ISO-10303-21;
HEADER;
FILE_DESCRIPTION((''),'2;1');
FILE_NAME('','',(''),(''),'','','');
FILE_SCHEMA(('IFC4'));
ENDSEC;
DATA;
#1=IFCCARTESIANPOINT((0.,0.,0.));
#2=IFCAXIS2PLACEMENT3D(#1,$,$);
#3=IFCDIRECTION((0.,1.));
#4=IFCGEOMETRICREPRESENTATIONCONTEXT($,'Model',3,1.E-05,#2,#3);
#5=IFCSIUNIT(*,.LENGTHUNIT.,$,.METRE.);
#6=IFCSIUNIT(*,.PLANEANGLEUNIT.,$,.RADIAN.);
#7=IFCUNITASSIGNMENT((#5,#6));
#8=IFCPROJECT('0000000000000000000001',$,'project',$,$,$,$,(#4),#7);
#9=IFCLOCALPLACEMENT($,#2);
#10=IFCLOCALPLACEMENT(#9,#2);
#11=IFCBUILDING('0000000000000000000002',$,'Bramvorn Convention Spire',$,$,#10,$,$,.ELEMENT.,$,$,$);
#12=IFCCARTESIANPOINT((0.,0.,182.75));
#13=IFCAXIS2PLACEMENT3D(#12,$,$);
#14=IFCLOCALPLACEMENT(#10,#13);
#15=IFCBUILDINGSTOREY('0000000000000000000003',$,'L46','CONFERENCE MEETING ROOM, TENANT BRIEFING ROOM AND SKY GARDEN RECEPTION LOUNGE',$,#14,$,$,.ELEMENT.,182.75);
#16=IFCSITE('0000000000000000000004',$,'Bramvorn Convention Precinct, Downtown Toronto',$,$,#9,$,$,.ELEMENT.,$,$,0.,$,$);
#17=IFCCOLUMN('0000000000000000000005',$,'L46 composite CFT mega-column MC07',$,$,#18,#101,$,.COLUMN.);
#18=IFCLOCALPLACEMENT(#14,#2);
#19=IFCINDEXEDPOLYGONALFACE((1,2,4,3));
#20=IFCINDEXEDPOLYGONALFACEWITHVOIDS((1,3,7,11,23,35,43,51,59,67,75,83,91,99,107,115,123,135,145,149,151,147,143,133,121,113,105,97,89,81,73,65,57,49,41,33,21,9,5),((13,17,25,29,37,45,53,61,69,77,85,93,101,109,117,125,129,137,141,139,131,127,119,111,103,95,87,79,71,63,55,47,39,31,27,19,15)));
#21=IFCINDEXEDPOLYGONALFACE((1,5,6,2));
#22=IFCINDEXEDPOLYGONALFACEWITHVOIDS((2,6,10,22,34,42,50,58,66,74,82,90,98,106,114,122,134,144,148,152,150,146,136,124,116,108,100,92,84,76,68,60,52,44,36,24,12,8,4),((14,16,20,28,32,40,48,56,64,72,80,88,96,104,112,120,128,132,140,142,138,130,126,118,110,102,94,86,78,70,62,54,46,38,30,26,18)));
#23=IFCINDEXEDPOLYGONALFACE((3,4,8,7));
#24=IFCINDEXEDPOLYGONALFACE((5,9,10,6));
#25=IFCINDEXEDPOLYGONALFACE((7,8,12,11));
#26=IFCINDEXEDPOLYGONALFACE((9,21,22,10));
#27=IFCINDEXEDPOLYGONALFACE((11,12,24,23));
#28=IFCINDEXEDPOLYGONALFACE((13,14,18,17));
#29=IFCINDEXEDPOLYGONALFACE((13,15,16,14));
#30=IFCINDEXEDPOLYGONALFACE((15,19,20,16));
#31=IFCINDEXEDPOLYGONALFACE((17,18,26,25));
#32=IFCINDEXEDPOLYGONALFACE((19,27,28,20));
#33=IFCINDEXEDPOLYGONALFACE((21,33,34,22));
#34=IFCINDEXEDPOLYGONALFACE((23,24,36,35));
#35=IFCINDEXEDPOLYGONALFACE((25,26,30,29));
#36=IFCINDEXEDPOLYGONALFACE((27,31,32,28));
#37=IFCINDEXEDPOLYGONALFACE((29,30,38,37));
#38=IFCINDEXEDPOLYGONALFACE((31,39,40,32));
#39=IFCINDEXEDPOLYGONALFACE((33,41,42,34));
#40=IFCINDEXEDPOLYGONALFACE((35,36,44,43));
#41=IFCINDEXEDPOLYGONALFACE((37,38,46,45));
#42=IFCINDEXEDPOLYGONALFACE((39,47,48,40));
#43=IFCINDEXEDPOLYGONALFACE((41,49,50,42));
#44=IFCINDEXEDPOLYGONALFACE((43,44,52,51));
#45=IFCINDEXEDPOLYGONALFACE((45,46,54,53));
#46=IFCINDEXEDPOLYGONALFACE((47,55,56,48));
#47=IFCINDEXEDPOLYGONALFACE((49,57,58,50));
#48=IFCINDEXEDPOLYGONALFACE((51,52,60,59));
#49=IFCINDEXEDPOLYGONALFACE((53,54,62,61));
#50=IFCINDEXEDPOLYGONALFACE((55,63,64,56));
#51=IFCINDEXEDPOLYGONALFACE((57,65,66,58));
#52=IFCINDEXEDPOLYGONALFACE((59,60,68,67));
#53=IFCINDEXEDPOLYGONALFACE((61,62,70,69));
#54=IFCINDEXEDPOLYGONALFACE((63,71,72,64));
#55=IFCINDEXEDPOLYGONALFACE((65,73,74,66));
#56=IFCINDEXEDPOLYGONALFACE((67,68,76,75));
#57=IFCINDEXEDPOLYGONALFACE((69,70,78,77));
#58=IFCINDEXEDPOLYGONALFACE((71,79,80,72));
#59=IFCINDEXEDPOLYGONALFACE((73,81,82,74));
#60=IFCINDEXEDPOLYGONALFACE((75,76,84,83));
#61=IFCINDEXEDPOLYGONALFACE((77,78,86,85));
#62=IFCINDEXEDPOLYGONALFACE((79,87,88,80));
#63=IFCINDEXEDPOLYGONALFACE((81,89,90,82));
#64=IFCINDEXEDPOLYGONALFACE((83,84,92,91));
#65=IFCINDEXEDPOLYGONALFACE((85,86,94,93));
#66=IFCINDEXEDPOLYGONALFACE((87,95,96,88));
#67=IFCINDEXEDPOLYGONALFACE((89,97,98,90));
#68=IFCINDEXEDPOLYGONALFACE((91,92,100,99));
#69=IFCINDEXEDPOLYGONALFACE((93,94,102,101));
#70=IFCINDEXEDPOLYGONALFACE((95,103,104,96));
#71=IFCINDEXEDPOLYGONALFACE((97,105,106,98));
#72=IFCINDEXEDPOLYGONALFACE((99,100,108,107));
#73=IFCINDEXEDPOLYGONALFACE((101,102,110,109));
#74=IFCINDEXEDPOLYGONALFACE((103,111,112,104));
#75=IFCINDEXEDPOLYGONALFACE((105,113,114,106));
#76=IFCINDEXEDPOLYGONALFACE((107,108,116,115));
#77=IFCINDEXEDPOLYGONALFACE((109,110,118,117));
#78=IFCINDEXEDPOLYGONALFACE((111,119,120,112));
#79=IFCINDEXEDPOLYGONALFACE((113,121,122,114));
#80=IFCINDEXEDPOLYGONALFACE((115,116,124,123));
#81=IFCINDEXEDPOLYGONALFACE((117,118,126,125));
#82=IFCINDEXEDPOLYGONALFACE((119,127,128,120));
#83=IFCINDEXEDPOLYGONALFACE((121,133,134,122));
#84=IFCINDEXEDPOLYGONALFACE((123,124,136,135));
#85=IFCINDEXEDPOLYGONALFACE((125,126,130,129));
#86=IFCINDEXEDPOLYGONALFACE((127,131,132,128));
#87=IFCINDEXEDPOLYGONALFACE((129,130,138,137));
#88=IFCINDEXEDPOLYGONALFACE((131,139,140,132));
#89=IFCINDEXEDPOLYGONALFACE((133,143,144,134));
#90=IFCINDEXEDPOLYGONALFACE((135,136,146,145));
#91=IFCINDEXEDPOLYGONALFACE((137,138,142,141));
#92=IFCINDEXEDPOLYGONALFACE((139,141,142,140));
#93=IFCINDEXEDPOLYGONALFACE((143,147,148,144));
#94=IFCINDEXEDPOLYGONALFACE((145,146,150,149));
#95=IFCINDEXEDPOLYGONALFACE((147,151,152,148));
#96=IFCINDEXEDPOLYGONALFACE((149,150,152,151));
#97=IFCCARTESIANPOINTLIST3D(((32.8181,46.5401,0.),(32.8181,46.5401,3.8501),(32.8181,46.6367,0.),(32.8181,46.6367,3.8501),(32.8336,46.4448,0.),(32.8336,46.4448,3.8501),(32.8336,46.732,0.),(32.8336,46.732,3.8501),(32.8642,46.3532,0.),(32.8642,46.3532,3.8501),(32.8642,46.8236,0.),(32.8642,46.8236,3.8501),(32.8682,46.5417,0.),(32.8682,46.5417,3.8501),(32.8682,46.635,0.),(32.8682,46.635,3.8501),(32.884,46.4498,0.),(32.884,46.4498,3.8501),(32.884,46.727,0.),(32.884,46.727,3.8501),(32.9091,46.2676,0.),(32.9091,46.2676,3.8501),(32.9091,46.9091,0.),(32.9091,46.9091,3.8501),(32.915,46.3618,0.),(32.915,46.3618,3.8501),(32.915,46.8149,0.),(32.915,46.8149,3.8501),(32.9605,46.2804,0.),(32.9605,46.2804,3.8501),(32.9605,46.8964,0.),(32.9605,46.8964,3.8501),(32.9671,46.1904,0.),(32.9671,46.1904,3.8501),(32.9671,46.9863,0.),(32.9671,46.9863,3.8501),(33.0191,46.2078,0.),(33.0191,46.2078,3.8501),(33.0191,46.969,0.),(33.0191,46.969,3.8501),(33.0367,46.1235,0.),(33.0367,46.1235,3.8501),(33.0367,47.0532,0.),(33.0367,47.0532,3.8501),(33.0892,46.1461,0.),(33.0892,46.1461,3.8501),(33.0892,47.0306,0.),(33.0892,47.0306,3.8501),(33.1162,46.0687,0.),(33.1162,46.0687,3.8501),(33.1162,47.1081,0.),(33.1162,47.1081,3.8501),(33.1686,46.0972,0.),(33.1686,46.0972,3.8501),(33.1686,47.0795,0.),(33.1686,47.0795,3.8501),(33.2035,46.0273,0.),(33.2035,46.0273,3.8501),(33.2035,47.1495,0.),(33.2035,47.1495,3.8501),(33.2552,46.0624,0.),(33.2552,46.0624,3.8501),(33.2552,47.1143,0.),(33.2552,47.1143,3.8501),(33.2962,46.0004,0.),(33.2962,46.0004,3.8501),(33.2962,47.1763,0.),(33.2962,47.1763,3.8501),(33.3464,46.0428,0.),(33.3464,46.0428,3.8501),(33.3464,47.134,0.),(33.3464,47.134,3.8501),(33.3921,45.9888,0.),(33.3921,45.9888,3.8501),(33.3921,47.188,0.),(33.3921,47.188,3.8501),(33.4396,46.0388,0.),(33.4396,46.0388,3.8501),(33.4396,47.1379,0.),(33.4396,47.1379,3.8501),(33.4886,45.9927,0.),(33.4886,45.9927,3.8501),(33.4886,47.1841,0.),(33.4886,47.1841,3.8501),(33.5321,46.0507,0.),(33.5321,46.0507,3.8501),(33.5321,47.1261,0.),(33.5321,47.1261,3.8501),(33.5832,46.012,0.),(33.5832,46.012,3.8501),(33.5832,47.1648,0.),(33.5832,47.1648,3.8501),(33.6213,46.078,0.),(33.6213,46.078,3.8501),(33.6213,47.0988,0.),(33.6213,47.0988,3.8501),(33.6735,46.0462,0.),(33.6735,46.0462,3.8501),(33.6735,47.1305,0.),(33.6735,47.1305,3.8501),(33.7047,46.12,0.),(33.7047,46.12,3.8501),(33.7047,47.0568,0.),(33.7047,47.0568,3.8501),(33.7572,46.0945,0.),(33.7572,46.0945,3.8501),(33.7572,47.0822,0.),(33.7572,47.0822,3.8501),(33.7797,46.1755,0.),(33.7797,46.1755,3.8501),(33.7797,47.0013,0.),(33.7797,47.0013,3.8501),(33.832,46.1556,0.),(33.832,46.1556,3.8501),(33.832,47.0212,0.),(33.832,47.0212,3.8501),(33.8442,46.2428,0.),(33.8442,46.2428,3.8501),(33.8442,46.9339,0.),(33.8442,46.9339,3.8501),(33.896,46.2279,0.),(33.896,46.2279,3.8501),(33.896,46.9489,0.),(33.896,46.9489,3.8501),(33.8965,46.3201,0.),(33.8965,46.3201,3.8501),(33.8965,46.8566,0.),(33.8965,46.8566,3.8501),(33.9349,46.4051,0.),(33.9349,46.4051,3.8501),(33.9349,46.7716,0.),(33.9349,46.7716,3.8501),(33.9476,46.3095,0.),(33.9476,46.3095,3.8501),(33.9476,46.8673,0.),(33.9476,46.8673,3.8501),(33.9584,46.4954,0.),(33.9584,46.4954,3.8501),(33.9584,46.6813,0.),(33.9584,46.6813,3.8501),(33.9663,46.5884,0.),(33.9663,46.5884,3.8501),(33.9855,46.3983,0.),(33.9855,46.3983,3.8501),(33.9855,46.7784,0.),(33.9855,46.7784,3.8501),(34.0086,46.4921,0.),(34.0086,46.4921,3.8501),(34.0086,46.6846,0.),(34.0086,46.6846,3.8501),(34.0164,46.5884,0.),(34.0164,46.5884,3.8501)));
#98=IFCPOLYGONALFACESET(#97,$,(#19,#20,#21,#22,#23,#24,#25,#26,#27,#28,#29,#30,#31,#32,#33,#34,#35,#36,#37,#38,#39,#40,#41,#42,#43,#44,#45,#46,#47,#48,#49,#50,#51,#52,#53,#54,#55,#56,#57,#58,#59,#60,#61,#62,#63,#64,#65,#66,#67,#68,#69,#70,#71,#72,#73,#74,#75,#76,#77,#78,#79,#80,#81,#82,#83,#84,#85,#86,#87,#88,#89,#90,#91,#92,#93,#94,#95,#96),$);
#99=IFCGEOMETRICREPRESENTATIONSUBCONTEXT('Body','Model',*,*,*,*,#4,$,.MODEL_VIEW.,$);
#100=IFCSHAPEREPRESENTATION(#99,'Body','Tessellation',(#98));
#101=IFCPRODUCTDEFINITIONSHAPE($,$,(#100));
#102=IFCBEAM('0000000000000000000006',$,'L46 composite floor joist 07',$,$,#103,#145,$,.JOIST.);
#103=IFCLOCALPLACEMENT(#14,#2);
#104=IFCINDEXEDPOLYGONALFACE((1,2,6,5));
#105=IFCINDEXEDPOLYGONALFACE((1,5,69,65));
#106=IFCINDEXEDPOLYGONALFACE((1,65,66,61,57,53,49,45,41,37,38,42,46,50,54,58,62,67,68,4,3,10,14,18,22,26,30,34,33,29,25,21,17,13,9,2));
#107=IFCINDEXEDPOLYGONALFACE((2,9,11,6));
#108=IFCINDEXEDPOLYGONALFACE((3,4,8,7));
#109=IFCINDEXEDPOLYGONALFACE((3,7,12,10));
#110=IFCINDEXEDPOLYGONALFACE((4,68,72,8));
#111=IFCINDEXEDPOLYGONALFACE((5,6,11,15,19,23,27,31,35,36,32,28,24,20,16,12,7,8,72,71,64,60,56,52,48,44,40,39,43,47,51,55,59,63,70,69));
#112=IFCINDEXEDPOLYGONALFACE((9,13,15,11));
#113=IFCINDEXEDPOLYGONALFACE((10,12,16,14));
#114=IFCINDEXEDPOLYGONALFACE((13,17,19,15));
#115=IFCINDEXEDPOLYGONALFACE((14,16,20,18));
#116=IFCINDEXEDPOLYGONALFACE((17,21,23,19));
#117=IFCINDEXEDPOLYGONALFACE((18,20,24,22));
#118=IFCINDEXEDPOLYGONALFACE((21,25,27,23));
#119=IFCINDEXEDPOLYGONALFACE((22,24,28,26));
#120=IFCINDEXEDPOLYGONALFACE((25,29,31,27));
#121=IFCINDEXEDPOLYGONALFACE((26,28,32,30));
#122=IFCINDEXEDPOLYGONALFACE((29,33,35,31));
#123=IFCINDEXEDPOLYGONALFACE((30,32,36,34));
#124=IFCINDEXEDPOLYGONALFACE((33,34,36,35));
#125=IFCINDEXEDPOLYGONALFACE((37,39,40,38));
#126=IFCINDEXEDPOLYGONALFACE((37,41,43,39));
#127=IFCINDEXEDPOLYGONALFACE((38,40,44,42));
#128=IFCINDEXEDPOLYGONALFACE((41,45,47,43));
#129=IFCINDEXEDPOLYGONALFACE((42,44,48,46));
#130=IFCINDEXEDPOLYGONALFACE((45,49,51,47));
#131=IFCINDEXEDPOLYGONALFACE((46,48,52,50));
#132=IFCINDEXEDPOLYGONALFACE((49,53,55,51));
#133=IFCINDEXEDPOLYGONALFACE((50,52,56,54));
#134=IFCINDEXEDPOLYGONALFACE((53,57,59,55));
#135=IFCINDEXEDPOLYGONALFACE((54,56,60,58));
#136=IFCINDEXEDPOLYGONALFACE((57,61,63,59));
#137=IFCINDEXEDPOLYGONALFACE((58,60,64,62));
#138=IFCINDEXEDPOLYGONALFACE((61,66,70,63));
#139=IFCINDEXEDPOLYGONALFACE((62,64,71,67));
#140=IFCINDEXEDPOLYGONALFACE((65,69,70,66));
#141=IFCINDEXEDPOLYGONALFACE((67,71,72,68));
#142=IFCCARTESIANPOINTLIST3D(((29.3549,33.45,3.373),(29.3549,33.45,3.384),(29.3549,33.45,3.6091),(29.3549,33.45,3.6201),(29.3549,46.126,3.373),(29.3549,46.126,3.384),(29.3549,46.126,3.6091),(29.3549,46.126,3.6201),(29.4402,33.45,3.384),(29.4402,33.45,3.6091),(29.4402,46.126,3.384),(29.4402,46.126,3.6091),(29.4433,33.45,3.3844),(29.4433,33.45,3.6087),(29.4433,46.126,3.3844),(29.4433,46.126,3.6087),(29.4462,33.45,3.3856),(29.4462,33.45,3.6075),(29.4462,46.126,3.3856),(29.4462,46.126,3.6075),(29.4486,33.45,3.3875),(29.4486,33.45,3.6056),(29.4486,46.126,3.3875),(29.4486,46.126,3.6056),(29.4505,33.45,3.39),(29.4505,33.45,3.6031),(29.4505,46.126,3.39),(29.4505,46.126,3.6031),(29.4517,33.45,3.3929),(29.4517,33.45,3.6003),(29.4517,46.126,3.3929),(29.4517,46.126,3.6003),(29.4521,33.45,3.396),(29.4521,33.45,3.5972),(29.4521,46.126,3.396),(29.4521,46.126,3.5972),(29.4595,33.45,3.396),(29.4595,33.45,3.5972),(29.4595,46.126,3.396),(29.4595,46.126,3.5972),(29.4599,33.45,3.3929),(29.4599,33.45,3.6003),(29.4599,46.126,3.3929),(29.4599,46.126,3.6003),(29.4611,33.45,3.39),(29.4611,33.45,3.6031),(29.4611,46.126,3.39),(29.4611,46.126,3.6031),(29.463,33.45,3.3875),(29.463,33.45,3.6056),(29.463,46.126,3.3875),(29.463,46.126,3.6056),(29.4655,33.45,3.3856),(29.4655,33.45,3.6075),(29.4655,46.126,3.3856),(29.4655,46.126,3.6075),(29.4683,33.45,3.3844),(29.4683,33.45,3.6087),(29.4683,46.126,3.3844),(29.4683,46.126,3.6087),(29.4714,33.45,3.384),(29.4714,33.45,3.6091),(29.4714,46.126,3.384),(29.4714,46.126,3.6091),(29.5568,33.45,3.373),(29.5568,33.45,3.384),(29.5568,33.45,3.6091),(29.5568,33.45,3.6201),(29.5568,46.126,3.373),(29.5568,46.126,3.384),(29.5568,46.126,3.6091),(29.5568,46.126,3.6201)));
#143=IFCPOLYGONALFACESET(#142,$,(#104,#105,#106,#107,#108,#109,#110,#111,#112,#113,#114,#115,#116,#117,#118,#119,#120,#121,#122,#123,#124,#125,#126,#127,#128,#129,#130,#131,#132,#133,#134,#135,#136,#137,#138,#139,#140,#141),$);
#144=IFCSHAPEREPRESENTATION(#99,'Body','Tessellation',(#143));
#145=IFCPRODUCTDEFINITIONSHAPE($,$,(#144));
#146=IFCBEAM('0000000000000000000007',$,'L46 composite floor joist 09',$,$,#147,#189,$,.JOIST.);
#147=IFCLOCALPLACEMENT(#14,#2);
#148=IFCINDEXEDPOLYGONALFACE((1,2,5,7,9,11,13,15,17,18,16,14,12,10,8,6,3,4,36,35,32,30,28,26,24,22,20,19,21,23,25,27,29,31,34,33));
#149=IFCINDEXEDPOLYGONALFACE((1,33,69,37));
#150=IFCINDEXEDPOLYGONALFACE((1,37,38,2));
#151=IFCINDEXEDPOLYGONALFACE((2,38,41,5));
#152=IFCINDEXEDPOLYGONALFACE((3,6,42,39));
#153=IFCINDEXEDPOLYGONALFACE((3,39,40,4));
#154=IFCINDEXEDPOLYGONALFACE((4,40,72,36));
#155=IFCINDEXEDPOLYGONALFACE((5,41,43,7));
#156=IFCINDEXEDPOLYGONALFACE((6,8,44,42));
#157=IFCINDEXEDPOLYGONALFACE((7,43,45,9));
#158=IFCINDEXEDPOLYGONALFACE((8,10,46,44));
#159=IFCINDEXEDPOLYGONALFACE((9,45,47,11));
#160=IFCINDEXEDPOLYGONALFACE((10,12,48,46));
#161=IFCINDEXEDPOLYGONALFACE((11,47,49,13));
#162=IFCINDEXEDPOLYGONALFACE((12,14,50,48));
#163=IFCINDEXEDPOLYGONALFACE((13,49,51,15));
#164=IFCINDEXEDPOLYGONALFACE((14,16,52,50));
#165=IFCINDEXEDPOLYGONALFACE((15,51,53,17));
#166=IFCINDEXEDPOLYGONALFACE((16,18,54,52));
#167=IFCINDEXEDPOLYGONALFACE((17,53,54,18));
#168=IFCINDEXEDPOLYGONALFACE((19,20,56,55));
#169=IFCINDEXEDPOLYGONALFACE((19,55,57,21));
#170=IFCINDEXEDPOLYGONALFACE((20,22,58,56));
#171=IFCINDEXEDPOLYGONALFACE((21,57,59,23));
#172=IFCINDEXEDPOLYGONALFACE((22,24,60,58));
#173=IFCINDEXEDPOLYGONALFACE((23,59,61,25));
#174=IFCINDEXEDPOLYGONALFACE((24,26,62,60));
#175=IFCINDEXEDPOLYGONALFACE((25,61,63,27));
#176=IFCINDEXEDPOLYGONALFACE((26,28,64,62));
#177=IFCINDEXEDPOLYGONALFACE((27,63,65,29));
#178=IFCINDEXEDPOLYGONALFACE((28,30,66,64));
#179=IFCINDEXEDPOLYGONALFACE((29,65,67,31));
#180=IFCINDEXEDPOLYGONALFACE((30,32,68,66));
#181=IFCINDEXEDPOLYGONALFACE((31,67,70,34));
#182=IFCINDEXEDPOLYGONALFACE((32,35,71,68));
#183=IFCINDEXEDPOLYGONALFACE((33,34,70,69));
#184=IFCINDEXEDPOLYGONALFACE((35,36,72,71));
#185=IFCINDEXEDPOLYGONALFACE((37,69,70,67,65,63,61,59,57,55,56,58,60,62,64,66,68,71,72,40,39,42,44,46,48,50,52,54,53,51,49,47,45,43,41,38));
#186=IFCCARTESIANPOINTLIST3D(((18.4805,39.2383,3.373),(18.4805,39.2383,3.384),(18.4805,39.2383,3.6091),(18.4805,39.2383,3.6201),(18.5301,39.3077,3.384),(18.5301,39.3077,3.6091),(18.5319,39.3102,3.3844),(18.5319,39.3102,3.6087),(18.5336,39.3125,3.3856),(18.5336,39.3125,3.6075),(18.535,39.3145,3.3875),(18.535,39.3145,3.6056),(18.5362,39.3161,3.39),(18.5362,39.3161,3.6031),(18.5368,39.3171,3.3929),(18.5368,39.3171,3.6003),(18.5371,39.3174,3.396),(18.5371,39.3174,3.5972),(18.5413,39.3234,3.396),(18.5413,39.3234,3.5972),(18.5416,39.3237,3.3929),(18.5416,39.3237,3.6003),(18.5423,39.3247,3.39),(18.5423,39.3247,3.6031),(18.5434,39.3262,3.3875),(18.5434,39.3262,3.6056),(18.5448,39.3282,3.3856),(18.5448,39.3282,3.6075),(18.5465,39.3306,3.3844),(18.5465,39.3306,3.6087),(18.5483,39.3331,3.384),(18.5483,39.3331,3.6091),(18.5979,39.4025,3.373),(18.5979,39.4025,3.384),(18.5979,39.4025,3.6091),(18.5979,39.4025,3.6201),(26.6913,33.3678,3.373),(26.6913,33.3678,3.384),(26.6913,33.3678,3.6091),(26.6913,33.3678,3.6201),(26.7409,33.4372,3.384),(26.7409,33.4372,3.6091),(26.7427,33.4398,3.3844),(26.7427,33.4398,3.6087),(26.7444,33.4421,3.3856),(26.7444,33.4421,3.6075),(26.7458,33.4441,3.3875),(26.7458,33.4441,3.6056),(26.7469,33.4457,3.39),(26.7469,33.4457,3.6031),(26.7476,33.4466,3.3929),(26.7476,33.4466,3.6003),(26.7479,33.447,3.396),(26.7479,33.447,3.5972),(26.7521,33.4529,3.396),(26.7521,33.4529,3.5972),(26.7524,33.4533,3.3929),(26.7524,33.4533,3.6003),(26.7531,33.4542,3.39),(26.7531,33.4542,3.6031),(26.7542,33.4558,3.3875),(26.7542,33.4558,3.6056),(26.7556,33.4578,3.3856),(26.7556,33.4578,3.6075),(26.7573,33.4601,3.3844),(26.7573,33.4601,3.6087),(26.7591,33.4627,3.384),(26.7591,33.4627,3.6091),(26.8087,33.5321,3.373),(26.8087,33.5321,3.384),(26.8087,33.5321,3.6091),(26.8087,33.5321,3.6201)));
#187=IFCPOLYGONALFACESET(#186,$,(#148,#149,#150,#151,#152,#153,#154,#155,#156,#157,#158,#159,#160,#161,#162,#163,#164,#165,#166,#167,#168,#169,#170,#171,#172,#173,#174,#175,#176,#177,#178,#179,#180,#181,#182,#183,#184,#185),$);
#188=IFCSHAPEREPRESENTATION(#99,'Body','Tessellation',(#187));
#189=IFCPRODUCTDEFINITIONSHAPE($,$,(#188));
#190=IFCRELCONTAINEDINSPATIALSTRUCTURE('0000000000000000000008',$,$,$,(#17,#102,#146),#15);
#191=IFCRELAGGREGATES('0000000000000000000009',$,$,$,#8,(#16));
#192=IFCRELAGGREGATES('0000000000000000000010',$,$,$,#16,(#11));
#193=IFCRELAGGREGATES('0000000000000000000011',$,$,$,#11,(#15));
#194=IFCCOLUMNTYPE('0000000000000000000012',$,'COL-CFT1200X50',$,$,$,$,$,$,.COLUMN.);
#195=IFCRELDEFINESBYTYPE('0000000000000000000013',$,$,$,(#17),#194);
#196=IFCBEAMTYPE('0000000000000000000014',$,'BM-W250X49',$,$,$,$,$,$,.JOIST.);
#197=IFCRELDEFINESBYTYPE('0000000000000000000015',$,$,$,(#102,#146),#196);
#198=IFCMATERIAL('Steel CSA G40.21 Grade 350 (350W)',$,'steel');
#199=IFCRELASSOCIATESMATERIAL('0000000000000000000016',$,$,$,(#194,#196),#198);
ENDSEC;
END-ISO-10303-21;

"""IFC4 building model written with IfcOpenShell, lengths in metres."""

from ifc_helpers import new_model, si_unit, direction, frame, origin, origin_2d, place, context, subcontext, project, spatial, hollow_circle, i_section, extrude, material, material_profile, profile_set, type_object, element, save


model = new_model("IFC4")

# Units and contexts
model_context = context("Model", 3, precision=1e-05, world=origin(), true_north=direction((0.0, 1.0)))
body_context = subcontext(model_context, "Body", "Model", "MODEL_VIEW")
ifc_project = project(units=[si_unit("LENGTHUNIT", "METRE"), si_unit("PLANEANGLEUNIT", "RADIAN")], contexts=[model_context])

# Site, building, storey
site_placement = place(None, origin())
site = spatial("IfcSite", under=ifc_project, at=site_placement, Name="Bramvorn Convention Precinct, Downtown Toronto", CompositionType="ELEMENT", RefElevation=0.0)
building_placement = place(site_placement, origin())
building = spatial("IfcBuilding", under=site, at=building_placement, Name="Bramvorn Convention Spire", CompositionType="ELEMENT")
storey_placement = place(building_placement, frame((0.0, 0.0, 182.75)))
storey = spatial("IfcBuildingStorey", under=building, at=storey_placement, Name="L46", Description="CONFERENCE MEETING ROOM, TENANT BRIEFING ROOM AND SKY GARDEN RECEPTION LOUNGE", CompositionType="ELEMENT", Elevation=182.75)

# Column
ifc_material_1 = material(Name="Steel CSA G40.21 Grade 350 (350W)", Category="steel")
ifc_material_profile_1 = material_profile(ifc_material_1, hollow_circle(Radius=0.6001, WallThickness=0.05, at=origin_2d()))
ifc_profile_set_1 = profile_set([ifc_material_profile_1], Name="Steel CSA G40.21 Grade 350 (350W) - CFT1200X50")
column_type = type_object("IfcColumnType", Name="COL-CFT1200X50", PredefinedType="COLUMN", material=ifc_profile_set_1)
column_placement = place(storey_placement, frame((33.4163, 46.5884, 0.0), z_axis=(0.0, 0.0, 1.0), x_axis=(1.0, 0.0, 0.0)))
element("IfcColumn", 1, at=column_placement, inside=storey, type_object=column_type, Name="L46 composite CFT mega-column MC07", PredefinedType="COLUMN", context=body_context, shape_type="SweptSolid", body=[
    extrude(hollow_circle(Radius=0.6001, WallThickness=0.05, at=origin_2d()), origin(), (0.0, 0.0, 1.0), 3.8501),
])

# Beams
ifc_material_profile_2 = material_profile(ifc_material_1, i_section(OverallWidth=0.2019, OverallDepth=0.2471, WebThickness=0.0073, FlangeThickness=0.011, FilletRadius=0.012, at=origin_2d()))
ifc_profile_set_2 = profile_set([ifc_material_profile_2], Name="Steel CSA G40.21 Grade 350 (350W) - W250X49")
beam_type_1 = type_object("IfcBeamType", Name="BM-W250X49", PredefinedType="JOIST", material=ifc_profile_set_2)
beam_1_placement = place(storey_placement, frame((29.4558, 33.45, 3.4966), z_axis=(0.0, 1.0, 0.0), x_axis=(-1.0, 0.0, 0.0)))
element("IfcBeam", 2, at=beam_1_placement, inside=storey, type_object=beam_type_1, Name="L46 composite floor joist 07", PredefinedType="JOIST", context=body_context, shape_type="SweptSolid", body=[
    extrude(i_section(OverallWidth=0.2019, OverallDepth=0.2471, WebThickness=0.0073, FlangeThickness=0.011, FilletRadius=0.012, at=origin_2d()), origin(), (0.0, 0.0, 1.0), 12.676),
])
beam_2_placement = place(storey_placement, frame((26.75, 33.45, 3.4966), z_axis=(-0.813472, 0.581604, 0.0), x_axis=(-0.581604, -0.813472, 0.0)))
element("IfcBeam", 3, at=beam_2_placement, inside=storey, type_object=beam_type_1, Name="L46 composite floor joist 09", PredefinedType="JOIST", context=body_context, shape_type="SweptSolid", body=[
    extrude(i_section(OverallWidth=0.2019, OverallDepth=0.2471, WebThickness=0.0073, FlangeThickness=0.011, FilletRadius=0.012, at=origin_2d()), origin(), (0.0, 0.0, 1.0), 10.0935),
])

save(model, "model.ifc")
